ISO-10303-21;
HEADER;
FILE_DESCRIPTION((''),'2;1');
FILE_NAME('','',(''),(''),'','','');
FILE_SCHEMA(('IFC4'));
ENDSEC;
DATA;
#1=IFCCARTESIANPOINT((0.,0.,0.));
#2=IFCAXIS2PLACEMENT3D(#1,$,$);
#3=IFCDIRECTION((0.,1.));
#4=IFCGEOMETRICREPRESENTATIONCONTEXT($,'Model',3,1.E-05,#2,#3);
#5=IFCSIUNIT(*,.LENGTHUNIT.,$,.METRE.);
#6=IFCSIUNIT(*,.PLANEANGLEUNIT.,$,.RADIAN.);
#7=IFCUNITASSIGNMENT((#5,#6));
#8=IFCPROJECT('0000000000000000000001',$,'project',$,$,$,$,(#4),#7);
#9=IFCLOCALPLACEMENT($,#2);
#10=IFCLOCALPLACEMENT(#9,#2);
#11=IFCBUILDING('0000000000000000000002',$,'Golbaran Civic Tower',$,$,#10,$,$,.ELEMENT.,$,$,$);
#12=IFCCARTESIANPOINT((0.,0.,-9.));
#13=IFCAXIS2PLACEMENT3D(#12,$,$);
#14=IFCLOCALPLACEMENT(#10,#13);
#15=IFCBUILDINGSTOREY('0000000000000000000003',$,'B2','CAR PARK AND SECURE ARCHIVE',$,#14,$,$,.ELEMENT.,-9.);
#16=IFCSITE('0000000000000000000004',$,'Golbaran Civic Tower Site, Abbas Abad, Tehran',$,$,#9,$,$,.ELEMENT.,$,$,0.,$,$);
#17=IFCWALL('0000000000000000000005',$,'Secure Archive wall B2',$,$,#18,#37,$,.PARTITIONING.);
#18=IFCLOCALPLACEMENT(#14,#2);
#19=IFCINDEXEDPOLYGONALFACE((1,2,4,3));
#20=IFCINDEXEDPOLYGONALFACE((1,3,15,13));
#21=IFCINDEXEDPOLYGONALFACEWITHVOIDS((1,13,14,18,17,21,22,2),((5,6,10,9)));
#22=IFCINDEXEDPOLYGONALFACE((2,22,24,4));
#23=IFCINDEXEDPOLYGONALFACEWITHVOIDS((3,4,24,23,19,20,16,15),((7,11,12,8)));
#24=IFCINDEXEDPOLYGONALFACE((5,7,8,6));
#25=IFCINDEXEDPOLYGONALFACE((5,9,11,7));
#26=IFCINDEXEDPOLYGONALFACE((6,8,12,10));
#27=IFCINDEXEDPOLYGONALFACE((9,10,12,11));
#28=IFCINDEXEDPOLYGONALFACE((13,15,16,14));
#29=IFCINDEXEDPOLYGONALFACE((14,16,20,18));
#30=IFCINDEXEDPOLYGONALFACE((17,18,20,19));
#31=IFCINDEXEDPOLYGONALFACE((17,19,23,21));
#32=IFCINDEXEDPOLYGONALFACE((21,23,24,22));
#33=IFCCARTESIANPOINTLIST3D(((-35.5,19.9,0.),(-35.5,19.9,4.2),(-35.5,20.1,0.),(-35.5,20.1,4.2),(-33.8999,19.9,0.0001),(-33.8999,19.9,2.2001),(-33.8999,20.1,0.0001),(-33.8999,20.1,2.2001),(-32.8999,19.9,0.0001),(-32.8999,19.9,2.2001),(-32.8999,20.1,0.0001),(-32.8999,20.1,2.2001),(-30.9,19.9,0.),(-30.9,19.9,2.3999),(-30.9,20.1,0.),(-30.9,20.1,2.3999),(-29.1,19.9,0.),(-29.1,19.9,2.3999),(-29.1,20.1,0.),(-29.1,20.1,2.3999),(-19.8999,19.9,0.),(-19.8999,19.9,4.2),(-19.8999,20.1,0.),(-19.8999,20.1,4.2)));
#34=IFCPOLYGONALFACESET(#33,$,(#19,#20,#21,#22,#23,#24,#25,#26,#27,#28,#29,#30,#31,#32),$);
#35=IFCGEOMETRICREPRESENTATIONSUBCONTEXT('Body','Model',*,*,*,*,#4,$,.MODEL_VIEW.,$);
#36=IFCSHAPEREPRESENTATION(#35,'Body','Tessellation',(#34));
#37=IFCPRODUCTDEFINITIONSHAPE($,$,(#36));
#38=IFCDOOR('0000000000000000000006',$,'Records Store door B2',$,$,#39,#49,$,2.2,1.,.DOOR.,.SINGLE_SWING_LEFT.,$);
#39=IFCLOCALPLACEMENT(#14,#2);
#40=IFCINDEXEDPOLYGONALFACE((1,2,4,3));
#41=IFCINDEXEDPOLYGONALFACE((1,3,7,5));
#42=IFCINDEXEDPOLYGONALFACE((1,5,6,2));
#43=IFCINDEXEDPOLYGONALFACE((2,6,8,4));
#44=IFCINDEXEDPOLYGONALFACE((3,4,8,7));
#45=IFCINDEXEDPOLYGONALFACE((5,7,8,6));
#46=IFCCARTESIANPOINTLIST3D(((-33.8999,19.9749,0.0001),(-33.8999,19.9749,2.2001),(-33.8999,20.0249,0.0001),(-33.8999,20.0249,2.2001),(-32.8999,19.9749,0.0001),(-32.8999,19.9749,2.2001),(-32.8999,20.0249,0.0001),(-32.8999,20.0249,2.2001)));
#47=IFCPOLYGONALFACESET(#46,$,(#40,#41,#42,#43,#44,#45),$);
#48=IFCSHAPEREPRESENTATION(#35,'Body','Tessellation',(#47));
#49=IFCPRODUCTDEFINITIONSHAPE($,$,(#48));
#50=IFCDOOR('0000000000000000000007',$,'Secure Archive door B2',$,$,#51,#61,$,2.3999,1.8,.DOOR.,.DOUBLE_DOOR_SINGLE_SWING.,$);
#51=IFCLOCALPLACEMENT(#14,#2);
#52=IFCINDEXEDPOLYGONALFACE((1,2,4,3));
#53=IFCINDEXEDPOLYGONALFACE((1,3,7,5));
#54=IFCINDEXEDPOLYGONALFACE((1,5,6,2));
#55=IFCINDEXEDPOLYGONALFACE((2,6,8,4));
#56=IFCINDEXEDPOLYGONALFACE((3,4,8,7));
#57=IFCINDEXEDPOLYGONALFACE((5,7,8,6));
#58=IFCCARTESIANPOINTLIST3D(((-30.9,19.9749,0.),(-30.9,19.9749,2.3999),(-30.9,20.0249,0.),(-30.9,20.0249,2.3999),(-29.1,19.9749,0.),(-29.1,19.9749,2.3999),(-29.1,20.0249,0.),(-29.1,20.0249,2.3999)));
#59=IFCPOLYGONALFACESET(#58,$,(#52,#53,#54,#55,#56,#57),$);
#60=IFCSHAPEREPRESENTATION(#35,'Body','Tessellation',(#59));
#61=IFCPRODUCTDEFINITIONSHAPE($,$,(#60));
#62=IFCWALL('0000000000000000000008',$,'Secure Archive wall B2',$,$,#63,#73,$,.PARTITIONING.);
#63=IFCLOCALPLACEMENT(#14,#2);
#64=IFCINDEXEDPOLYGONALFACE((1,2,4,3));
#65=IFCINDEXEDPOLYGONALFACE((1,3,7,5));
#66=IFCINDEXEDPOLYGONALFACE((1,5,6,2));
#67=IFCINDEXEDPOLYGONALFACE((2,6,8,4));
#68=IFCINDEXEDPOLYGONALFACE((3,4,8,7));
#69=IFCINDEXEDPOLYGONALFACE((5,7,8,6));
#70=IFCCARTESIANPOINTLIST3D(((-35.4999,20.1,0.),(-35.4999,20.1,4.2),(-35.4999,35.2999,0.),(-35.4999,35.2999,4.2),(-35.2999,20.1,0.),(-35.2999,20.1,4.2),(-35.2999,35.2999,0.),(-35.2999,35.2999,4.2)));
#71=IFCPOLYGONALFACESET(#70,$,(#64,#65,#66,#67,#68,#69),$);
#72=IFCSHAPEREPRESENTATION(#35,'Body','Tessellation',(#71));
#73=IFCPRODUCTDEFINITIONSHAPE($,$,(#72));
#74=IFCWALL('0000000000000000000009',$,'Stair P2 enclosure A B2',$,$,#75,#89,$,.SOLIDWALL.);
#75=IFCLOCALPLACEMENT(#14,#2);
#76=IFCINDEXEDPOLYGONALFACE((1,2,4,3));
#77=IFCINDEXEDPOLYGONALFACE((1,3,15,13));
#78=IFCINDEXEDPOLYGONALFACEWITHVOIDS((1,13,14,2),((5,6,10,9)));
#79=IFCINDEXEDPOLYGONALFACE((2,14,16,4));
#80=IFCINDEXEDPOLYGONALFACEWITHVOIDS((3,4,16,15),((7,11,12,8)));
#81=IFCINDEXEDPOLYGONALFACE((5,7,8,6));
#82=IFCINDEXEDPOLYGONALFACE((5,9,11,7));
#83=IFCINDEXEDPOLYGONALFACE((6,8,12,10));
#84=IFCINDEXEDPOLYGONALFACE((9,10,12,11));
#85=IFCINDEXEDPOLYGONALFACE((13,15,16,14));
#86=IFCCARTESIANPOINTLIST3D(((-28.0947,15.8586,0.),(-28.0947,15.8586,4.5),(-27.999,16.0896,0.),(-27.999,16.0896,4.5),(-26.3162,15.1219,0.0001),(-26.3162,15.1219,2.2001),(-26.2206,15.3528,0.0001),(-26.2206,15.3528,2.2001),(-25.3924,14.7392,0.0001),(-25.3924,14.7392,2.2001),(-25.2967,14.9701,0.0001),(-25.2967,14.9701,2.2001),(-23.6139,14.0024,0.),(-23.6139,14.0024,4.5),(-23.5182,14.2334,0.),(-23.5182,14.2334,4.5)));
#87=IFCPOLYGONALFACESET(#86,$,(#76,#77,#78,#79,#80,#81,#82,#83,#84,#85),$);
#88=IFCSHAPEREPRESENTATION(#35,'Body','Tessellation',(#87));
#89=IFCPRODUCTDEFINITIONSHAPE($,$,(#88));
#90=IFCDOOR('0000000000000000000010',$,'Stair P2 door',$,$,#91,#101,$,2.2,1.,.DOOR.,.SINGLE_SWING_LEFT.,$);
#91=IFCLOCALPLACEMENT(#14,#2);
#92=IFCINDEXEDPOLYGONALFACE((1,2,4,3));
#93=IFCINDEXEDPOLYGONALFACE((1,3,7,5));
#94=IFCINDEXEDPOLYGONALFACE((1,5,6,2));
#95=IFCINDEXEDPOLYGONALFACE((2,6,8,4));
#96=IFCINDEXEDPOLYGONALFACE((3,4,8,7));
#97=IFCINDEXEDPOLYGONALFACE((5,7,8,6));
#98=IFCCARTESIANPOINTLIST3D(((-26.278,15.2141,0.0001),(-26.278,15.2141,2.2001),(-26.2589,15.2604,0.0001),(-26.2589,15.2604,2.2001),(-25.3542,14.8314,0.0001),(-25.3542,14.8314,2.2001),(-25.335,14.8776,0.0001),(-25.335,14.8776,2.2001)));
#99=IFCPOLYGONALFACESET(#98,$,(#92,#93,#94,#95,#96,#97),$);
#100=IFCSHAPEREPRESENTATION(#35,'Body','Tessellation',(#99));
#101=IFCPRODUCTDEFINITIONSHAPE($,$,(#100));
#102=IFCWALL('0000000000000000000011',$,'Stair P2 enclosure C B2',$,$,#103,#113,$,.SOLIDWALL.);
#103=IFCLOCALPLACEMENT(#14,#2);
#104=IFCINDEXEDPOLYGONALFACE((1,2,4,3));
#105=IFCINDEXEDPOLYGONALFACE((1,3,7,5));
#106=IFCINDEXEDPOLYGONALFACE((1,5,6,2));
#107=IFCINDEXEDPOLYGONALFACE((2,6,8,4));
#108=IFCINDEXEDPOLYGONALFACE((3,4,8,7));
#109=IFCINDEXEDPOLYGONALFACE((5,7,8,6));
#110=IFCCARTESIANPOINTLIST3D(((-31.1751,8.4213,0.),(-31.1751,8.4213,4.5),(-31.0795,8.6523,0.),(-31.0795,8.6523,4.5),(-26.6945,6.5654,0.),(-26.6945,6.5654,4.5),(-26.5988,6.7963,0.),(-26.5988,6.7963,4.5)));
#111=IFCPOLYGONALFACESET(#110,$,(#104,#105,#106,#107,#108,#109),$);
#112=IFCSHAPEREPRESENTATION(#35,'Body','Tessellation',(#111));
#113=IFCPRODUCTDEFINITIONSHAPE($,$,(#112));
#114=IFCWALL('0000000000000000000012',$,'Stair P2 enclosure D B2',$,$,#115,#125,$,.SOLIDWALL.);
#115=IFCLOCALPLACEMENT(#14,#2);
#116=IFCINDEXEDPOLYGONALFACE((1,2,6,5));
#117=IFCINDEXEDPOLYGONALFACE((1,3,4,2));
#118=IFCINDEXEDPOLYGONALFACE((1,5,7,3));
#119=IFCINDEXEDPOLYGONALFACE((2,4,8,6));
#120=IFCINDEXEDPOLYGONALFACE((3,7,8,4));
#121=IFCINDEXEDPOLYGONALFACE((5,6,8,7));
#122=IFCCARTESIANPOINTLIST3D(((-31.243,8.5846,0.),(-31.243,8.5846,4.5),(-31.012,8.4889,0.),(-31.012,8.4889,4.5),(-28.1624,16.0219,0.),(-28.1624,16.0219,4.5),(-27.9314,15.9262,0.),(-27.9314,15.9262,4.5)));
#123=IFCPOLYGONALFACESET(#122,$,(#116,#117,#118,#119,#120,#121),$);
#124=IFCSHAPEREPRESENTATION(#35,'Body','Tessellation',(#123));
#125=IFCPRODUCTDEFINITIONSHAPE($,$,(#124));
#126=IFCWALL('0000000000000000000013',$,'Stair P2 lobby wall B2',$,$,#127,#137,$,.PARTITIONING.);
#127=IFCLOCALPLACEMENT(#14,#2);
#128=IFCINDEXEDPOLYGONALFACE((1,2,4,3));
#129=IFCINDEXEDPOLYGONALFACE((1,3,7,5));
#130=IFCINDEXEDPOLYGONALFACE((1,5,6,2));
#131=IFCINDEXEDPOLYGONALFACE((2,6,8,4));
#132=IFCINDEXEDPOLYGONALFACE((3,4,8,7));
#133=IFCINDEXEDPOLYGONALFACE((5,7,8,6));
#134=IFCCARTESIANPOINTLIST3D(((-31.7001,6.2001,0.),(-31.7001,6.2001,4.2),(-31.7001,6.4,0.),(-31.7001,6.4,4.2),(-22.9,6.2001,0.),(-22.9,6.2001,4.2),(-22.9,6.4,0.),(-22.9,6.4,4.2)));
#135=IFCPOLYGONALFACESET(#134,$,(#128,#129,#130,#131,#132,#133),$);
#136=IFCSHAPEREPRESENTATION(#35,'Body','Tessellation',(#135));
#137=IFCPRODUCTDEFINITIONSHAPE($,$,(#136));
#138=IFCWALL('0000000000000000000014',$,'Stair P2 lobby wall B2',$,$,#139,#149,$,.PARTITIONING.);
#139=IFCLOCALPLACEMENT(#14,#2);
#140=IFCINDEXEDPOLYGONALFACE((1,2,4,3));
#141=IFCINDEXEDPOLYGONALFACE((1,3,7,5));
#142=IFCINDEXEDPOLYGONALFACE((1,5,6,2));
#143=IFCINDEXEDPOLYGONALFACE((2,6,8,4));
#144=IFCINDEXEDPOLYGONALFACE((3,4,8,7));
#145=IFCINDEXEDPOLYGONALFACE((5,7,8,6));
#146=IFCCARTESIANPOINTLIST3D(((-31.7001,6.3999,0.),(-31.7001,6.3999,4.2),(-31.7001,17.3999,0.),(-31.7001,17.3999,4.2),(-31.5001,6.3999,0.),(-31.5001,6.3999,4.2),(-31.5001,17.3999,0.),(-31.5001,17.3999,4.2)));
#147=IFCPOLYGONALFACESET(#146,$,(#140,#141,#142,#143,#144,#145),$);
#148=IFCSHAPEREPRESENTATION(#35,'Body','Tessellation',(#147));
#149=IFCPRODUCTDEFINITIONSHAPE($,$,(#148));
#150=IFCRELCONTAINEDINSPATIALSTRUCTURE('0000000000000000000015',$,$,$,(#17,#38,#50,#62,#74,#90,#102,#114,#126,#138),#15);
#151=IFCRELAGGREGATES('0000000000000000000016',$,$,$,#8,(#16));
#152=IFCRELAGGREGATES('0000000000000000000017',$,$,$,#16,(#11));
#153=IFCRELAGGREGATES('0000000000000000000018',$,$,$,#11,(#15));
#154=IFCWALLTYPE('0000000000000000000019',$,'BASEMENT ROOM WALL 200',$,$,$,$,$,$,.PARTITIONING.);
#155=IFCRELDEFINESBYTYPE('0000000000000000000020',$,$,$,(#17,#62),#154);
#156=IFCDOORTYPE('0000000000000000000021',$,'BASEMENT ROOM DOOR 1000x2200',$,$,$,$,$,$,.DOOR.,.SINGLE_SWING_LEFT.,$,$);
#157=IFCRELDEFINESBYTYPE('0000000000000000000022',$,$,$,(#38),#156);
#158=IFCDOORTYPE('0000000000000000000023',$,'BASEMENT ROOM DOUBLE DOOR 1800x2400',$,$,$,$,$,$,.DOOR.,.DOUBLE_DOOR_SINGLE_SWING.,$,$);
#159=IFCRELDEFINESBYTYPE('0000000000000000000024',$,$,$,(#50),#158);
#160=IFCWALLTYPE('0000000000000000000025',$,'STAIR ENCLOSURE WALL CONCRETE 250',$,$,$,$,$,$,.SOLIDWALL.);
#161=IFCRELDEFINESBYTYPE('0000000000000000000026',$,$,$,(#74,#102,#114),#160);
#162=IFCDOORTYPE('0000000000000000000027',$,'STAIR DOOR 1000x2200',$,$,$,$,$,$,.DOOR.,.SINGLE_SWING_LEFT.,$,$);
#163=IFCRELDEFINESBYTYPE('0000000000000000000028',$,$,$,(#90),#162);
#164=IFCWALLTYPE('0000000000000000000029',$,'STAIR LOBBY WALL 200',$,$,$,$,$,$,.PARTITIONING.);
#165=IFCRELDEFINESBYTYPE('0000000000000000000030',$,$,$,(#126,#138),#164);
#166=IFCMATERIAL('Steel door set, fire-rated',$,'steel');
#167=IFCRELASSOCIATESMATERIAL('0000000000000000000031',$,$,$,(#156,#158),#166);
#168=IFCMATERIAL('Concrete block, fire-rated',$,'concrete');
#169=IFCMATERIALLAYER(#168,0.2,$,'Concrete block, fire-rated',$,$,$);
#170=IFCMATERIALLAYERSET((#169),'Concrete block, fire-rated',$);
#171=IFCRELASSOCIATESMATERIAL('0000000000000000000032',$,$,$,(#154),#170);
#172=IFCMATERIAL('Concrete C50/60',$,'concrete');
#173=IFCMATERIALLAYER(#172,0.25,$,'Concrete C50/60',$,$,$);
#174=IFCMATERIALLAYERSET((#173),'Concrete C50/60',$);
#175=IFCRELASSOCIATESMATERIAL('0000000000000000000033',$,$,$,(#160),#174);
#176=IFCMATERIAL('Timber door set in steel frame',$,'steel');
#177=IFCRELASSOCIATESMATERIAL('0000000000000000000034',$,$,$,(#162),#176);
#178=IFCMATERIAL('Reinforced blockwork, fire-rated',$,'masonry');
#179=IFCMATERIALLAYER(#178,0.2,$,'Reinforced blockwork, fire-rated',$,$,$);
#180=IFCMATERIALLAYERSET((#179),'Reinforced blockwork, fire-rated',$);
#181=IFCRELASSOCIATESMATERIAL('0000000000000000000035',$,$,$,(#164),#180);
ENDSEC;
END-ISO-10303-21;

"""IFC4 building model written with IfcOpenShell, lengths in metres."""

from ifc_helpers import new_model, si_unit, direction, frame, frame_2d, origin, place, context, subcontext, project, spatial, rectangle, extrude, material, layer, layer_set, type_object, element, fill, save


model = new_model("IFC4")

# Units and contexts
model_context = context("Model", 3, precision=1e-05, world=origin(), true_north=direction((0.0, 1.0)))
body_context = subcontext(model_context, "Body", "Model", "MODEL_VIEW")
ifc_project = project(units=[si_unit("LENGTHUNIT", "METRE"), si_unit("PLANEANGLEUNIT", "RADIAN")], contexts=[model_context])

# Site, building, storey
site_placement = place(None, origin())
site = spatial("IfcSite", under=ifc_project, at=site_placement, Name="Golbaran Civic Tower Site, Abbas Abad, Tehran", CompositionType="ELEMENT", RefElevation=0.0)
building_placement = place(site_placement, origin())
building = spatial("IfcBuilding", under=site, at=building_placement, Name="Golbaran Civic Tower", CompositionType="ELEMENT")
storey_placement = place(building_placement, frame((0.0, 0.0, -9.0)))
storey = spatial("IfcBuildingStorey", under=building, at=storey_placement, Name="B2", Description="CAR PARK AND SECURE ARCHIVE", CompositionType="ELEMENT", Elevation=-9.0)

# Shared definitions
ifc_material_1 = material(Name="Concrete C50/60", Category="concrete")

# Shared definitions
ifc_material_2 = material(Name="Concrete block, fire-rated", Category="concrete")
ifc_material_3 = material(Name="Steel door set, fire-rated", Category="steel")
door_type_1 = type_object("IfcDoorType", Name="BASEMENT ROOM DOOR 1000x2200", OperationType="SINGLE_SWING_LEFT", PredefinedType="DOOR", material=ifc_material_3)

# Wall, openings, doors
ifc_layer_1 = layer(ifc_material_2, 0.2, Name="Concrete block, fire-rated")
ifc_layer_set_1 = layer_set([ifc_layer_1], Name="Concrete block, fire-rated")
wall_type_1 = type_object("IfcWallType", Name="BASEMENT ROOM WALL 200", PredefinedType="PARTITIONING", material=ifc_layer_set_1)
wall_1_placement = place(storey_placement, frame((-35.5, 20.0, 0.0), z_axis=(0.0, 0.0, 1.0), x_axis=(1.0, 0.0, 0.0)))
wall_1 = element("IfcWall", 1, at=wall_1_placement, inside=storey, type_object=wall_type_1, Name="Secure Archive wall B2", PredefinedType="PARTITIONING", context=body_context, shape_type="SweptSolid", body=[
    extrude(rectangle(XDim=15.6001, YDim=0.2, at=frame_2d((7.8, 0.0))), origin(), (0.0, 0.0, 1.0), 4.2),
])
opening_1_placement = place(wall_1_placement, frame((4.6001, 0.0, 0.0)))
opening_1 = element("IfcOpeningElement", 2, at=opening_1_placement, cuts=wall_1, PredefinedType="OPENING", context=body_context, shape_type="SweptSolid", body=[
    extrude(rectangle(XDim=1.8, YDim=2.3999, at=frame_2d((0.8999, 1.2))), frame((0.0, 0.1099, 0.0), z_axis=(0.0, -1.0, 0.0), x_axis=(1.0, 0.0, 0.0)), (0.0, 0.0, 1.0), 0.22),
])
opening_2_placement = place(wall_1_placement, frame((1.6001, 0.0, 0.0)))
opening_2 = element("IfcOpeningElement", 3, at=opening_2_placement, cuts=wall_1, PredefinedType="OPENING", context=body_context, shape_type="SweptSolid", body=[
    extrude(rectangle(XDim=1.0, YDim=2.2, at=frame_2d((0.5, 1.1001))), frame((0.0, 0.1099, 0.0), z_axis=(0.0, -1.0, 0.0), x_axis=(1.0, 0.0, 0.0)), (0.0, 0.0, 1.0), 0.22),
])
door_1_placement = place(opening_2_placement, origin())
door_1 = element("IfcDoor", 4, at=door_1_placement, inside=storey, type_object=door_type_1, Name="Records Store door B2", OperationType="SINGLE_SWING_LEFT", OverallHeight=2.2, OverallWidth=1.0, PredefinedType="DOOR", context=body_context, shape_type="SweptSolid", body=[
    extrude(rectangle(XDim=1.0, YDim=2.2, at=frame_2d((0.5, 1.1001))), frame((0.0, 0.0249, 0.0), z_axis=(0.0, -1.0, 0.0), x_axis=(1.0, 0.0, 0.0)), (0.0, 0.0, 1.0), 0.05),
])
fill(opening_2, door_1)
door_type_2 = type_object("IfcDoorType", Name="BASEMENT ROOM DOUBLE DOOR 1800x2400", OperationType="DOUBLE_DOOR_SINGLE_SWING", PredefinedType="DOOR", material=ifc_material_3)
door_2_placement = place(opening_1_placement, origin())
door_2 = element("IfcDoor", 5, at=door_2_placement, inside=storey, type_object=door_type_2, Name="Secure Archive door B2", OperationType="DOUBLE_DOOR_SINGLE_SWING", OverallHeight=2.3999, OverallWidth=1.8, PredefinedType="DOOR", context=body_context, shape_type="SweptSolid", body=[
    extrude(rectangle(XDim=1.8, YDim=2.3999, at=frame_2d((0.8999, 1.2))), frame((0.0, 0.0249, 0.0), z_axis=(0.0, -1.0, 0.0), x_axis=(1.0, 0.0, 0.0)), (0.0, 0.0, 1.0), 0.05),
])
fill(opening_1, door_2)

# Wall
wall_2_placement = place(storey_placement, frame((-35.3999, 35.3, 0.0), z_axis=(0.0, 0.0, 1.0), x_axis=(0.0, -1.0, 0.0)))
element("IfcWall", 6, at=wall_2_placement, inside=storey, type_object=wall_type_1, Name="Secure Archive wall B2", PredefinedType="PARTITIONING", context=body_context, shape_type="SweptSolid", body=[
    extrude(rectangle(XDim=15.2, YDim=0.2, at=frame_2d((7.6001, 0.0))), origin(), (0.0, 0.0, 1.0), 4.2),
])

# Wall, opening, door
ifc_layer_2 = layer(ifc_material_1, 0.25, Name="Concrete C50/60")
ifc_layer_set_2 = layer_set([ifc_layer_2], Name="Concrete C50/60")
wall_type_2 = type_object("IfcWallType", Name="STAIR ENCLOSURE WALL CONCRETE 250", PredefinedType="SOLIDWALL", material=ifc_layer_set_2)
wall_3_placement = place(storey_placement, frame((-28.0469, 15.9741, 0.0), z_axis=(0.0, 0.0, 1.0), x_axis=(0.923863, -0.382724, 0.0)))
wall_3 = element("IfcWall", 7, at=wall_3_placement, inside=storey, type_object=wall_type_2, Name="Stair P2 enclosure A B2", PredefinedType="SOLIDWALL", context=body_context, shape_type="SweptSolid", body=[
    extrude(rectangle(XDim=4.8501, YDim=0.25, at=frame_2d((2.425, 0.0))), origin(), (0.0, 0.0, 1.0), 4.5),
])
opening_3_placement = place(wall_3_placement, frame((1.925, 0.0, 0.0)))
opening_3 = element("IfcOpeningElement", 8, at=opening_3_placement, cuts=wall_3, PredefinedType="OPENING", context=body_context, shape_type="SweptSolid", body=[
    extrude(rectangle(XDim=1.0, YDim=2.2, at=frame_2d((0.5, 1.1001))), frame((0.0, 0.135, 0.0), z_axis=(0.0, -1.0, 0.0), x_axis=(1.0, 0.0, 0.0)), (0.0, 0.0, 1.0), 0.27),
])
ifc_material_4 = material(Name="Timber door set in steel frame", Category="steel")
door_type_3 = type_object("IfcDoorType", Name="STAIR DOOR 1000x2200", OperationType="SINGLE_SWING_LEFT", PredefinedType="DOOR", material=ifc_material_4)
door_3_placement = place(opening_3_placement, origin())
door_3 = element("IfcDoor", 9, at=door_3_placement, inside=storey, type_object=door_type_3, Name="Stair P2 door", OperationType="SINGLE_SWING_LEFT", OverallHeight=2.2, OverallWidth=1.0, PredefinedType="DOOR", context=body_context, shape_type="SweptSolid", body=[
    extrude(rectangle(XDim=1.0, YDim=2.2, at=frame_2d((0.5, 1.1001))), frame((0.0, 0.0249, 0.0), z_axis=(0.0, -1.0, 0.0), x_axis=(1.0, 0.0, 0.0)), (0.0, 0.0, 1.0), 0.05),
])
fill(opening_3, door_3)

# Walls
wall_4_placement = place(storey_placement, frame((-26.6467, 6.6809, 0.0), z_axis=(0.0, 0.0, 1.0), x_axis=(-0.923881, 0.382681, 0.0)))
element("IfcWall", 10, at=wall_4_placement, inside=storey, type_object=wall_type_2, Name="Stair P2 enclosure C B2", PredefinedType="SOLIDWALL", context=body_context, shape_type="SweptSolid", body=[
    extrude(rectangle(XDim=4.8499, YDim=0.25, at=frame_2d((2.4248, 0.0))), origin(), (0.0, 0.0, 1.0), 4.5),
])
wall_5_placement = place(storey_placement, frame((-31.1274, 8.5369, 0.0), z_axis=(0.0, 0.0, 1.0), x_axis=(0.382679, 0.923882, 0.0)))
element("IfcWall", 11, at=wall_5_placement, inside=storey, type_object=wall_type_2, Name="Stair P2 enclosure D B2", PredefinedType="SOLIDWALL", context=body_context, shape_type="SweptSolid", body=[
    extrude(rectangle(XDim=8.05, YDim=0.25, at=frame_2d((4.0249, 0.0))), origin(), (0.0, 0.0, 1.0), 4.5),
])
ifc_material_5 = material(Name="Reinforced blockwork, fire-rated", Category="masonry")
ifc_layer_3 = layer(ifc_material_5, 0.2, Name="Reinforced blockwork, fire-rated")
ifc_layer_set_3 = layer_set([ifc_layer_3], Name="Reinforced blockwork, fire-rated")
wall_type_3 = type_object("IfcWallType", Name="STAIR LOBBY WALL 200", PredefinedType="PARTITIONING", material=ifc_layer_set_3)
wall_6_placement = place(storey_placement, frame((-31.7, 6.3, 0.0), z_axis=(0.0, 0.0, 1.0), x_axis=(1.0, 0.0, 0.0)))
element("IfcWall", 12, at=wall_6_placement, inside=storey, type_object=wall_type_3, Name="Stair P2 lobby wall B2", PredefinedType="PARTITIONING", context=body_context, shape_type="SweptSolid", body=[
    extrude(rectangle(XDim=8.8, YDim=0.2, at=frame_2d((4.3999, 0.0))), origin(), (0.0, 0.0, 1.0), 4.2),
])
wall_7_placement = place(storey_placement, frame((-31.6001, 17.3999, 0.0), z_axis=(0.0, 0.0, 1.0), x_axis=(0.0, -1.0, 0.0)))
element("IfcWall", 13, at=wall_7_placement, inside=storey, type_object=wall_type_3, Name="Stair P2 lobby wall B2", PredefinedType="PARTITIONING", context=body_context, shape_type="SweptSolid", body=[
    extrude(rectangle(XDim=11.0, YDim=0.2, at=frame_2d((5.5, 0.0))), origin(), (0.0, 0.0, 1.0), 4.2),
])

save(model, "model.ifc")
